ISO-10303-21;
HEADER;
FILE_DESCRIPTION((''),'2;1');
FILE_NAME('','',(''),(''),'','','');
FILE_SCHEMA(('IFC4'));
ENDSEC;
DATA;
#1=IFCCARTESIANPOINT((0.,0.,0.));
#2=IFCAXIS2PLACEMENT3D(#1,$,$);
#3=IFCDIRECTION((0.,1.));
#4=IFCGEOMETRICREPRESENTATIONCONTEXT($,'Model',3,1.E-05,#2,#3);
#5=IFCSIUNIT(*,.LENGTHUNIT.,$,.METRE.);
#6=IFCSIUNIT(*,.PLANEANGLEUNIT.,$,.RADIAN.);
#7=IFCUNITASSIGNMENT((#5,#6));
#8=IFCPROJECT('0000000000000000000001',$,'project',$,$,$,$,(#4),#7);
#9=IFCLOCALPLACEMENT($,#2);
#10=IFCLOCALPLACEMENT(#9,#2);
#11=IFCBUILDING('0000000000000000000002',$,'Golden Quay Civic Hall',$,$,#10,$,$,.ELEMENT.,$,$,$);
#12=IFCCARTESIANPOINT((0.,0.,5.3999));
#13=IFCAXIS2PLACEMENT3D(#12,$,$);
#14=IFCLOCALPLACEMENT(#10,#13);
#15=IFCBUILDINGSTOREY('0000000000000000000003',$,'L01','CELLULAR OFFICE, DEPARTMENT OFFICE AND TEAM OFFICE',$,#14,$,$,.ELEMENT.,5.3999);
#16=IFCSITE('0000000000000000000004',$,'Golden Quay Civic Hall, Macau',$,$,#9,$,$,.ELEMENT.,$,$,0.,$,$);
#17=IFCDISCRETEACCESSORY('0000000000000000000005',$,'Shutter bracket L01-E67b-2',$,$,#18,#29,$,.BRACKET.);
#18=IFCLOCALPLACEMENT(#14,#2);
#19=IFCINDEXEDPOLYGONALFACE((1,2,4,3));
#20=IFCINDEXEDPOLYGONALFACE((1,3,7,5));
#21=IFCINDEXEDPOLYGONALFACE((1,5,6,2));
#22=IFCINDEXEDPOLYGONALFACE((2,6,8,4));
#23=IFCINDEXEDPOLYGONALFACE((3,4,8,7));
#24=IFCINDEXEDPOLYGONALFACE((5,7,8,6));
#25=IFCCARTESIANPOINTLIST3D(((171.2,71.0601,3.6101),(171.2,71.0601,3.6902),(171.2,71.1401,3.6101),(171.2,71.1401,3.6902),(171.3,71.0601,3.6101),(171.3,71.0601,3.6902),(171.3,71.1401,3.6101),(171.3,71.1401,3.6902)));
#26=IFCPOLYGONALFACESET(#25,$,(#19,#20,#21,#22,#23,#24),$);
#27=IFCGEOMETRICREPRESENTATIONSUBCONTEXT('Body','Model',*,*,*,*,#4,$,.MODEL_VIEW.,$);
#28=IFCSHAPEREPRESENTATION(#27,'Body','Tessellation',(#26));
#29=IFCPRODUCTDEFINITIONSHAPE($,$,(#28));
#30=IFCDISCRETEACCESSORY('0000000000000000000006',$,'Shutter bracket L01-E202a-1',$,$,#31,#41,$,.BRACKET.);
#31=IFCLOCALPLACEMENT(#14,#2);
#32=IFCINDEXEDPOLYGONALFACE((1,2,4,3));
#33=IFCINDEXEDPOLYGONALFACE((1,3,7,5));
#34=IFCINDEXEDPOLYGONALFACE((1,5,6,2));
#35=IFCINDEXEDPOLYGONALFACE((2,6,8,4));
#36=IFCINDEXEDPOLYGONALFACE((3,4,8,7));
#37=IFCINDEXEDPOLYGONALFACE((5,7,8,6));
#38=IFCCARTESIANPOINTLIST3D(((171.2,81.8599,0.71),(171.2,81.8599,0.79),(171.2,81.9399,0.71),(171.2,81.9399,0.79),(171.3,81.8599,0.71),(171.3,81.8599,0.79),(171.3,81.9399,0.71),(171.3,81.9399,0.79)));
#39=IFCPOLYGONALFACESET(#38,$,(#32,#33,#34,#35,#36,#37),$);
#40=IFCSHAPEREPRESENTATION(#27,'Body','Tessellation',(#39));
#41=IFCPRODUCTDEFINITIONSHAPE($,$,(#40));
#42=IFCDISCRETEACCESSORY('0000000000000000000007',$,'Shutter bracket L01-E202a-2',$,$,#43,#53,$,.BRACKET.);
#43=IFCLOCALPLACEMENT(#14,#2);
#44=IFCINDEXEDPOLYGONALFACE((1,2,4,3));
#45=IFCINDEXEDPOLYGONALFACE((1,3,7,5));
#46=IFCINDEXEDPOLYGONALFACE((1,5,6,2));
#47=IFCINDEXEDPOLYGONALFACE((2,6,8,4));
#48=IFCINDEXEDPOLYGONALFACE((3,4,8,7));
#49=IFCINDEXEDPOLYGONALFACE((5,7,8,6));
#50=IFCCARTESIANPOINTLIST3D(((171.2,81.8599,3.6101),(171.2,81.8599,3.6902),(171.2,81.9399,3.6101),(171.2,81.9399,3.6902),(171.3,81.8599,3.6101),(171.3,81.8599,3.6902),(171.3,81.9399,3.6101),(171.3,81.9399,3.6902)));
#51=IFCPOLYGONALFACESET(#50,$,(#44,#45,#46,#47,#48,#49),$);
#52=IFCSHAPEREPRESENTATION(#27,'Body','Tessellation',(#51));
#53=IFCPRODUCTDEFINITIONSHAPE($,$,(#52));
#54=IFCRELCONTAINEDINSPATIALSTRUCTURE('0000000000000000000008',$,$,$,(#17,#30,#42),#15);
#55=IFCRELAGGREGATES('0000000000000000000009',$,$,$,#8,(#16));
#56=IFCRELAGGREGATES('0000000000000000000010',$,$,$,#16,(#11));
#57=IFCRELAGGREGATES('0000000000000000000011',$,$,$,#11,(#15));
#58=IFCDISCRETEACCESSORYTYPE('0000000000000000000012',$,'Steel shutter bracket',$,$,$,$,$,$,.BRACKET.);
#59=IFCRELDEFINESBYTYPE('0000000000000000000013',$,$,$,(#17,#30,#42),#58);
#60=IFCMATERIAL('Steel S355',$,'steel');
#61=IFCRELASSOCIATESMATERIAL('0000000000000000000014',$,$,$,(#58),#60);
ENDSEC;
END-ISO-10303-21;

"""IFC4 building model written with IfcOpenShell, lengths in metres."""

from ifc_helpers import new_model, si_unit, direction, frame, origin, origin_2d, place, context, subcontext, project, spatial, rectangle, extrude, material, type_object, element, save


model = new_model("IFC4")

# Units and contexts
model_context = context("Model", 3, precision=1e-05, world=origin(), true_north=direction((0.0, 1.0)))
body_context = subcontext(model_context, "Body", "Model", "MODEL_VIEW")
ifc_project = project(units=[si_unit("LENGTHUNIT", "METRE"), si_unit("PLANEANGLEUNIT", "RADIAN")], contexts=[model_context])

# Site, building, storey
site_placement = place(None, origin())
site = spatial("IfcSite", under=ifc_project, at=site_placement, Name="Golden Quay Civic Hall, Macau", CompositionType="ELEMENT", RefElevation=0.0)
building_placement = place(site_placement, origin())
building = spatial("IfcBuilding", under=site, at=building_placement, Name="Golden Quay Civic Hall", CompositionType="ELEMENT")
storey_placement = place(building_placement, frame((0.0, 0.0, 5.3999)))
storey = spatial("IfcBuildingStorey", under=building, at=storey_placement, Name="L01", Description="CELLULAR OFFICE, DEPARTMENT OFFICE AND TEAM OFFICE", CompositionType="ELEMENT", Elevation=5.3999)

# Discrete accessories
ifc_material_1 = material(Name="Steel S355", Category="steel")
discrete_accessory_type = type_object("IfcDiscreteAccessoryType", Name="Steel shutter bracket", PredefinedType="BRACKET", material=ifc_material_1)
for number, where, z_axis, x_axis, name in (
    (1, (171.25, 71.1001, 3.6101), (0.0, 0.0, 1.0), (1.0, 0.0, 0.0), "Shutter bracket L01-E67b-2"),
    (2, (171.25, 81.8999, 0.71), (0.0, 0.0, 1.0), (1.0, 0.0, 0.0), "Shutter bracket L01-E202a-1"),
    (3, (171.25, 81.8999, 3.6101), (0.0, 0.0, 1.0), (1.0, 0.0, 0.0), "Shutter bracket L01-E202a-2"),
):
    element("IfcDiscreteAccessory", number, at=place(storey_placement, frame(where, z_axis=z_axis, x_axis=x_axis)), inside=storey, type_object=discrete_accessory_type, Name=name, PredefinedType="BRACKET", context=body_context, shape_type="SweptSolid", body=[
        extrude(rectangle(XDim=0.1001, YDim=0.0801, at=origin_2d()), origin(), (0.0, 0.0, 1.0), 0.0801),
    ])

save(model, "model.ifc")
